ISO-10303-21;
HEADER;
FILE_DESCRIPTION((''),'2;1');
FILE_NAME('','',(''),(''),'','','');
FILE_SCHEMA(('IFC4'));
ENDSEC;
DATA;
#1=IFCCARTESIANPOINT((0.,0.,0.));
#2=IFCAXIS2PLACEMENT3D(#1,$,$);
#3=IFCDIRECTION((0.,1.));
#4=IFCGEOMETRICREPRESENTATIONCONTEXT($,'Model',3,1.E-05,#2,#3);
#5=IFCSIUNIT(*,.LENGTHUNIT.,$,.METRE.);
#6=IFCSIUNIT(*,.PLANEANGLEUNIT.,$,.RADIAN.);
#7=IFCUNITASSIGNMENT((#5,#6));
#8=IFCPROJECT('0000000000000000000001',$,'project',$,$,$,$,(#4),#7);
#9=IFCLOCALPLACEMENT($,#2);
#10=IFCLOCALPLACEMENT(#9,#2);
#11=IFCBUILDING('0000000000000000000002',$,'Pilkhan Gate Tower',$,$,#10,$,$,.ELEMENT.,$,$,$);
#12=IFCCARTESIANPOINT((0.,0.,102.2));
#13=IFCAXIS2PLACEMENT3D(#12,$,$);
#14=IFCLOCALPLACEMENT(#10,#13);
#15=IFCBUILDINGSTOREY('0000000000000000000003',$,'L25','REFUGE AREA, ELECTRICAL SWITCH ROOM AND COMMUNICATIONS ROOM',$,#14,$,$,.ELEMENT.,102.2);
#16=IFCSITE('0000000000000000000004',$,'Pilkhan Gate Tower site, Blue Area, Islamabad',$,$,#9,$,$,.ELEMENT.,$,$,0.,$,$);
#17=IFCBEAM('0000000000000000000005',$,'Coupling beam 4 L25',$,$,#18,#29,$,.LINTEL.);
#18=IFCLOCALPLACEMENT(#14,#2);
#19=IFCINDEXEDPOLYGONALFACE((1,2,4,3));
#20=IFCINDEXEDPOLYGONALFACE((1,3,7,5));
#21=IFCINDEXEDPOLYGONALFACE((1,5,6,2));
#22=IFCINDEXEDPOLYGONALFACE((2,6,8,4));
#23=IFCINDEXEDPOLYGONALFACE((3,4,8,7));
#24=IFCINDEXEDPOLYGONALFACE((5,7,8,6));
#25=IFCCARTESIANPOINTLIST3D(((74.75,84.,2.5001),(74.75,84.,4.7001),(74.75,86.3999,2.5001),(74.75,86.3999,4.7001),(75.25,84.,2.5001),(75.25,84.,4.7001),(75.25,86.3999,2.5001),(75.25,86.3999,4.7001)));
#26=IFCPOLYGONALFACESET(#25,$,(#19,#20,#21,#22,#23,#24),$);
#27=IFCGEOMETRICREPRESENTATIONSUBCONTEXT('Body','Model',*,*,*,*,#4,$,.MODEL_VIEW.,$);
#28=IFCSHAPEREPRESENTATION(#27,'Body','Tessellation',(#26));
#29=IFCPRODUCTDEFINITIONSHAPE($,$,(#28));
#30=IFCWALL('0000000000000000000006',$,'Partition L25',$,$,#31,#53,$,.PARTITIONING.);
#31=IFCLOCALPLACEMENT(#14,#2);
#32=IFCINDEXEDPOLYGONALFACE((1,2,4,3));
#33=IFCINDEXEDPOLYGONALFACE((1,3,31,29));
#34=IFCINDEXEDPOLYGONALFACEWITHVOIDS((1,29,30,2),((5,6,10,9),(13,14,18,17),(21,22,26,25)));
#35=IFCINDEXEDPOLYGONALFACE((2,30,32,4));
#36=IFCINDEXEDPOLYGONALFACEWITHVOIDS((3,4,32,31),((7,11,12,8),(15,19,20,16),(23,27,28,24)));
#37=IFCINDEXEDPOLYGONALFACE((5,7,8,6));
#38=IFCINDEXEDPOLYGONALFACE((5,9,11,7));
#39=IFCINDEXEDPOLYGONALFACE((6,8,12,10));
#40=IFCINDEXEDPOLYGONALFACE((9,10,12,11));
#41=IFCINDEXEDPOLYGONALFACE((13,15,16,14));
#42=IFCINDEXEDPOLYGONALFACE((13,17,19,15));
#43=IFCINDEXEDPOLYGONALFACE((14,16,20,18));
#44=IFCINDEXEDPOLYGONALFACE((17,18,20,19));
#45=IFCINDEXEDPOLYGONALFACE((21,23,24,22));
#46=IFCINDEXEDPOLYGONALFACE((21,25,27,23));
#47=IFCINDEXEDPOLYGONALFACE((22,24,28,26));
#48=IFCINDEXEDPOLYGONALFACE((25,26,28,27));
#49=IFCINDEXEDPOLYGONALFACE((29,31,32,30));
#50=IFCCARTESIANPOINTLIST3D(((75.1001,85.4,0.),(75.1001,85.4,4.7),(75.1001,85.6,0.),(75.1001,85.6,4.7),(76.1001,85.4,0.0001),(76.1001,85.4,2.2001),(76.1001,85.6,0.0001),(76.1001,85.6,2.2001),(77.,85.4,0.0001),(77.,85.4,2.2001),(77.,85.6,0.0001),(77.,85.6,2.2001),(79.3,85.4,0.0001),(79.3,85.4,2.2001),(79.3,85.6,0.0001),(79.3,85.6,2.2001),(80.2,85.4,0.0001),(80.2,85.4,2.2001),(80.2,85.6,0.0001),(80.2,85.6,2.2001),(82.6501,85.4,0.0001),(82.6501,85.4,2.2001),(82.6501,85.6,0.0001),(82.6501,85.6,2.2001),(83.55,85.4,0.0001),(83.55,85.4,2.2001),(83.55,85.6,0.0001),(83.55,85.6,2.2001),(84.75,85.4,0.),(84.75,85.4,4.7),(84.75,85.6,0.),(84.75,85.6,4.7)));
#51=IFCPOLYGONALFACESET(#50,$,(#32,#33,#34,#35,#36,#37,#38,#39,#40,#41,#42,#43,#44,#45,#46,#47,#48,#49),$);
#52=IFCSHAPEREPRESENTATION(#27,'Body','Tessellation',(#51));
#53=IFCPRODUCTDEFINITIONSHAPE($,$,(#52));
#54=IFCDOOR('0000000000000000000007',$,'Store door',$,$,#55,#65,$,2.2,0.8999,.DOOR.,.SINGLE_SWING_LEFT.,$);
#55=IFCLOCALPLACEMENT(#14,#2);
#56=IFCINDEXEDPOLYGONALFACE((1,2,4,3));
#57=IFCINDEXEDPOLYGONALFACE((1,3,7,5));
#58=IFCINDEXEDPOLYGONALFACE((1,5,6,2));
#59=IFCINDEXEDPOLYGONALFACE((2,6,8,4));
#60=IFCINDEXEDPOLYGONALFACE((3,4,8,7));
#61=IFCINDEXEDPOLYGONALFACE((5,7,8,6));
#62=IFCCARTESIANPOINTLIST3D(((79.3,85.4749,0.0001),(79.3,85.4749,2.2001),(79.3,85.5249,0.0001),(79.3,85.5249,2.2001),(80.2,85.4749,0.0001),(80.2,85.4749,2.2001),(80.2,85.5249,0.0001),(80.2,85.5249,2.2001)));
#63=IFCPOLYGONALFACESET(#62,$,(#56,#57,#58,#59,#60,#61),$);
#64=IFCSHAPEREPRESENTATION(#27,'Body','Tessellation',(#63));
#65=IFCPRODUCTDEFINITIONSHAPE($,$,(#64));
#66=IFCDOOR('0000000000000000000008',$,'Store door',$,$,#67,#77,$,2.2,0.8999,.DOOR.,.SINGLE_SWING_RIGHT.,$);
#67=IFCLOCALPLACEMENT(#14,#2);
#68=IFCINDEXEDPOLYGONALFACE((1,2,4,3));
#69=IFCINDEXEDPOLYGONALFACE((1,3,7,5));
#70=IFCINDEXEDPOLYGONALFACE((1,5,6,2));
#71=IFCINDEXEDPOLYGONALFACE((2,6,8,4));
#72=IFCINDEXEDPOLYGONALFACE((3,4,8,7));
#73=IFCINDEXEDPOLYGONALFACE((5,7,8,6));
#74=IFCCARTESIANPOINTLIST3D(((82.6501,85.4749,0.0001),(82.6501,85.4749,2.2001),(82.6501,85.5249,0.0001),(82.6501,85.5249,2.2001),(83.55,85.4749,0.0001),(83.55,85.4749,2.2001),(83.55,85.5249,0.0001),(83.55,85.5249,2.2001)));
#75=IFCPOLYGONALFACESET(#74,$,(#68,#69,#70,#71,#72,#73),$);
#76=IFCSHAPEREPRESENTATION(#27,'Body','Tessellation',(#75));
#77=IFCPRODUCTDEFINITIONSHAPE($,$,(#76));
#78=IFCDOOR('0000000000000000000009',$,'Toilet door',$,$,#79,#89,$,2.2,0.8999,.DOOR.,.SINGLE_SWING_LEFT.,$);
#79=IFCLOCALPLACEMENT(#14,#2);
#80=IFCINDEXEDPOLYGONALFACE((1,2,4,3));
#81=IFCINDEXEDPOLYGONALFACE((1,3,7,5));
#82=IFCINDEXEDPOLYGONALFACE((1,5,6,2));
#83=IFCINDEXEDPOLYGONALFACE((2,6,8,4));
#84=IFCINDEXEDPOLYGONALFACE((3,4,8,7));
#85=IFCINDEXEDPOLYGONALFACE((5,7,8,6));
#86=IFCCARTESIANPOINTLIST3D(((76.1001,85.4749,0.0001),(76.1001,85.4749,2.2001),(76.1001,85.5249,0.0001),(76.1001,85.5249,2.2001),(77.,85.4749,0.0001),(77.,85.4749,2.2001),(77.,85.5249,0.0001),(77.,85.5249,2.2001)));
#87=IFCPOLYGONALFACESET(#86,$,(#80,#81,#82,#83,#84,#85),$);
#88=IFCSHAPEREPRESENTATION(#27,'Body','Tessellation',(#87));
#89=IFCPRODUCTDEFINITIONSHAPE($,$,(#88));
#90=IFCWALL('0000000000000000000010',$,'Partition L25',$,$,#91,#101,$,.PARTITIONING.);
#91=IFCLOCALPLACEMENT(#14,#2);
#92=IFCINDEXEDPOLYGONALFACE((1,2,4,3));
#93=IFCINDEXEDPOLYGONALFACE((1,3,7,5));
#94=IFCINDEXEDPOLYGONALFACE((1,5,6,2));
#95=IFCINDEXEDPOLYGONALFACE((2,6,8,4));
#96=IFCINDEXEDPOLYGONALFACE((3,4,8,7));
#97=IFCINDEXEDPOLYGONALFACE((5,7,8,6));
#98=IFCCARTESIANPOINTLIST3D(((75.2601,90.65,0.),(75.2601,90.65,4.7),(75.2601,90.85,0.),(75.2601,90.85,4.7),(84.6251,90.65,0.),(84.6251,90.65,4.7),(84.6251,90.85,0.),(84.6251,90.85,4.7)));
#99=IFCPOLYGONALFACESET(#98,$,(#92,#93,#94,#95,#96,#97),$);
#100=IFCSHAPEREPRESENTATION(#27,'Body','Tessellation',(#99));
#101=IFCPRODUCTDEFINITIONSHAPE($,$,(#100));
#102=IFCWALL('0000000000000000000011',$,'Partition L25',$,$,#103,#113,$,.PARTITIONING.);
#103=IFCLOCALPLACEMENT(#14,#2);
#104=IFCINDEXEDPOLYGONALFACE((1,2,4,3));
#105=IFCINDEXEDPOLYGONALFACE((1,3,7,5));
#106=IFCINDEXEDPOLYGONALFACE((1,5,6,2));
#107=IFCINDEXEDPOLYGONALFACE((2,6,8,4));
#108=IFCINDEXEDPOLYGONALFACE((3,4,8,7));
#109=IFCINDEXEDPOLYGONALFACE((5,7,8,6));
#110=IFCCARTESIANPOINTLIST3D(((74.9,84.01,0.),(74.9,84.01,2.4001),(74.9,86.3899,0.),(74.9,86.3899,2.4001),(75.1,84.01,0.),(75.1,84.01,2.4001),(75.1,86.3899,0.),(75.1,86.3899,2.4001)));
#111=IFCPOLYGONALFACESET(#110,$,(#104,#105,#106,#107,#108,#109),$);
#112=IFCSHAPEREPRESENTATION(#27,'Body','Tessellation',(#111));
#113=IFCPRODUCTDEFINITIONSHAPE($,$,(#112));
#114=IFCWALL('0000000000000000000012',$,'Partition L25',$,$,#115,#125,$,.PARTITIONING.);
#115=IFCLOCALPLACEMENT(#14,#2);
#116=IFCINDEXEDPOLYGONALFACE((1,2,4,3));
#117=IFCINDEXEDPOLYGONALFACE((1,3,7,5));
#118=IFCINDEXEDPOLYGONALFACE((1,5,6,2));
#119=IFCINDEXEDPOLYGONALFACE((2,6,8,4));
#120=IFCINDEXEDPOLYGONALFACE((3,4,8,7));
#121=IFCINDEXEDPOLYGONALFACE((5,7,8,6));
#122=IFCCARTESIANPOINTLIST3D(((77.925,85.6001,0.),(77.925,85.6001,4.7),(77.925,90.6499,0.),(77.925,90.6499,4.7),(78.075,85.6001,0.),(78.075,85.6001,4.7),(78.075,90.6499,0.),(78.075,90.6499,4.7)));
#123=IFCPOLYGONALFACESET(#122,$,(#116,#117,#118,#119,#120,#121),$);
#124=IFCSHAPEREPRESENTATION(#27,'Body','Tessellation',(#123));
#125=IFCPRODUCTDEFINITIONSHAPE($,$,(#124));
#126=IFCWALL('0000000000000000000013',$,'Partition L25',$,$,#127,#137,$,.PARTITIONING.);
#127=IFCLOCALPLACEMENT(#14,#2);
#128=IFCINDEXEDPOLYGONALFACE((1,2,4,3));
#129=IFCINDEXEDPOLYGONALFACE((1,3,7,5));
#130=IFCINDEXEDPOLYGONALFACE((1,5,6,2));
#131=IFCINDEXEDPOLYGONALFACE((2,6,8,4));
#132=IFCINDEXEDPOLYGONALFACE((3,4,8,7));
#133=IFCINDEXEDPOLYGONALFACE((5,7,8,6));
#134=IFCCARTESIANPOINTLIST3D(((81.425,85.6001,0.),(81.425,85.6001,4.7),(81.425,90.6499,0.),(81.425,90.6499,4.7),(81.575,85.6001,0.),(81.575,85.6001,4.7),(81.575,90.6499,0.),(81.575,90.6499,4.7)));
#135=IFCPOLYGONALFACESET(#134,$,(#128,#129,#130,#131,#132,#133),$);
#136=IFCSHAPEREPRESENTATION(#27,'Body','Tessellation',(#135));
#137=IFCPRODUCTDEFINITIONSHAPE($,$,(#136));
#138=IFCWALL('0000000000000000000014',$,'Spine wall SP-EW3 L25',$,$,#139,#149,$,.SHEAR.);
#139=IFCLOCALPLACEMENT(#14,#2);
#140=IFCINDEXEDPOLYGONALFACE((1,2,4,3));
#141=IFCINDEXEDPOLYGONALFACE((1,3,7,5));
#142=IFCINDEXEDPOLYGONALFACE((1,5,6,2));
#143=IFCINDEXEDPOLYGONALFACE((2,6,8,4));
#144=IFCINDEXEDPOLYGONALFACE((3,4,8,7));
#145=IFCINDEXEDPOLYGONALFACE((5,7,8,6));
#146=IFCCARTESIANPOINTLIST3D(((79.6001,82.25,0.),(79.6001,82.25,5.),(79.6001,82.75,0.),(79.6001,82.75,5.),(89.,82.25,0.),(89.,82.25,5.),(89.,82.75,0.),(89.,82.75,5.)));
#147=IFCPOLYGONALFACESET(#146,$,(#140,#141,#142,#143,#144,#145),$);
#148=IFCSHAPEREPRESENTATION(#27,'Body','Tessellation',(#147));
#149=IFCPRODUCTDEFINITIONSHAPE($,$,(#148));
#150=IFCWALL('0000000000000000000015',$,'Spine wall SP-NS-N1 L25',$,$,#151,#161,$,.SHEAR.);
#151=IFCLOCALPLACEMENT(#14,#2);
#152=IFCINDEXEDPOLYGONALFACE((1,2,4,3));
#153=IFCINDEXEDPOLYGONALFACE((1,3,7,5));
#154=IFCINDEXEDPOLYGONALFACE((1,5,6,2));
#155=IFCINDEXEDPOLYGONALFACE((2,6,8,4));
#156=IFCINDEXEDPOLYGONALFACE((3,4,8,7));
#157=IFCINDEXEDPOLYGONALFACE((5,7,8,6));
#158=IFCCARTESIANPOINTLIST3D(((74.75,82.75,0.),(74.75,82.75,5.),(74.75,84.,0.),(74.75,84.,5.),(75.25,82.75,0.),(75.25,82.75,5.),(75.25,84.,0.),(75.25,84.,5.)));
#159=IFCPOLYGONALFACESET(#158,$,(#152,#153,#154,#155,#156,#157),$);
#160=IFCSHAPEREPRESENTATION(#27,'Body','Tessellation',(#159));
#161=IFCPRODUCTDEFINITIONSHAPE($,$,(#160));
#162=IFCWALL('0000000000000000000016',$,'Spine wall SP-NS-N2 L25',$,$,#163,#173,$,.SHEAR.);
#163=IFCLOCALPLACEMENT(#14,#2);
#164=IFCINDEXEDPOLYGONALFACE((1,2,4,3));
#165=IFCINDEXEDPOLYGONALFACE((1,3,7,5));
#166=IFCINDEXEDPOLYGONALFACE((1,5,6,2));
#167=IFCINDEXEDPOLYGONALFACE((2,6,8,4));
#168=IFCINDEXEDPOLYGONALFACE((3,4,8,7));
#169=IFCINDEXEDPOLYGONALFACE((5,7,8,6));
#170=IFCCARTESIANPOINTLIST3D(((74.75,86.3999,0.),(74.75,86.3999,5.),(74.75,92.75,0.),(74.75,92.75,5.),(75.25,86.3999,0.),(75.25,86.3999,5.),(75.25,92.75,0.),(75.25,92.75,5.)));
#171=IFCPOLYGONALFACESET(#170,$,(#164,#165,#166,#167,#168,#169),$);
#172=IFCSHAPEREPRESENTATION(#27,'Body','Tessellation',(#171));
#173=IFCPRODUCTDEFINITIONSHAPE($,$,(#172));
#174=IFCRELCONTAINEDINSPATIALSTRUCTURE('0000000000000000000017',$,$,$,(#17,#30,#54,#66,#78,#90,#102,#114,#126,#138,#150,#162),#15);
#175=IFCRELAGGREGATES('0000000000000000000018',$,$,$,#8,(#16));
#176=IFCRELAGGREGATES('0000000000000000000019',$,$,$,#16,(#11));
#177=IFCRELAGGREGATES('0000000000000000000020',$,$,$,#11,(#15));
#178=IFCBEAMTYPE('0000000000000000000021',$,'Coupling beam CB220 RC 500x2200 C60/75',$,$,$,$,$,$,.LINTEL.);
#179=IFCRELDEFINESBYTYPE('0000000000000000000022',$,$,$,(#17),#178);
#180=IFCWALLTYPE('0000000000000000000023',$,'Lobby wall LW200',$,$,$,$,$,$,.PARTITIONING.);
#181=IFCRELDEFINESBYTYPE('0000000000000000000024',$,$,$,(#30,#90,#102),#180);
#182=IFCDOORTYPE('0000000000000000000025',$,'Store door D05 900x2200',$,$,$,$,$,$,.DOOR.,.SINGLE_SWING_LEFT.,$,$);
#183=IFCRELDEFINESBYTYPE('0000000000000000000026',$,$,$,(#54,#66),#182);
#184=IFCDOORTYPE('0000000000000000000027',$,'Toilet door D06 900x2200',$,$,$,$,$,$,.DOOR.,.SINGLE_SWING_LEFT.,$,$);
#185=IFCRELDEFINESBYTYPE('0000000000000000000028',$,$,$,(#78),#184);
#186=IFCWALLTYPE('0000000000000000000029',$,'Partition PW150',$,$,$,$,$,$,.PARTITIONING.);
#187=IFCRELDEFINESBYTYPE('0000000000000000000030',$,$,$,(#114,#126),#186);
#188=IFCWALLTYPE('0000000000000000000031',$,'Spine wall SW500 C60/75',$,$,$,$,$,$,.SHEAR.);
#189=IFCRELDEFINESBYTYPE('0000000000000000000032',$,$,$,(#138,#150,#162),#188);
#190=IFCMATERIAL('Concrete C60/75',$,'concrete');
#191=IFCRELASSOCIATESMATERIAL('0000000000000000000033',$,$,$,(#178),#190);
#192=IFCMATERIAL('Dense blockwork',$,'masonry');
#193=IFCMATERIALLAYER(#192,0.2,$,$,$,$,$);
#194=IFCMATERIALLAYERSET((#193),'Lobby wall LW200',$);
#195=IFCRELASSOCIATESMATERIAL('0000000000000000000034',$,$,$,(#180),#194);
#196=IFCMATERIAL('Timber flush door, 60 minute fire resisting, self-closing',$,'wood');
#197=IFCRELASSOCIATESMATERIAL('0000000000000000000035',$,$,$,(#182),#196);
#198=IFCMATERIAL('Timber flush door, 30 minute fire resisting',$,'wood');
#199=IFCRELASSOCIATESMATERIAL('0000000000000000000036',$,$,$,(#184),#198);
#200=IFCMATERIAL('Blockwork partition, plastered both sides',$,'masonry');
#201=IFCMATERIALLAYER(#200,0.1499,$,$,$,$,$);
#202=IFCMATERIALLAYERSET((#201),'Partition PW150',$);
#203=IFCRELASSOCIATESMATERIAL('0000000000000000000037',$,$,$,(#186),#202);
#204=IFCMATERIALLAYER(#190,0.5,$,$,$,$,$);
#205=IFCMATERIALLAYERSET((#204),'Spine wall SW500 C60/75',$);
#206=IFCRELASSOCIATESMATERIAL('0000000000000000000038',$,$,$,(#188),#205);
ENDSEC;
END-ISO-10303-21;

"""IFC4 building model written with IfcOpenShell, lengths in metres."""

from ifc_helpers import new_model, si_unit, direction, frame, frame_2d, origin, origin_2d, place, context, subcontext, project, spatial, rectangle, extrude, material, layer, layer_set, material_profile, profile_set, type_object, element, fill, save


model = new_model("IFC4")

# Units and contexts
model_context = context("Model", 3, precision=1e-05, world=origin(), true_north=direction((0.0, 1.0)))
body_context = subcontext(model_context, "Body", "Model", "MODEL_VIEW")
ifc_project = project(units=[si_unit("LENGTHUNIT", "METRE"), si_unit("PLANEANGLEUNIT", "RADIAN")], contexts=[model_context])

# Site, building, storey
site_placement = place(None, origin())
site = spatial("IfcSite", under=ifc_project, at=site_placement, Name="Pilkhan Gate Tower site, Blue Area, Islamabad", CompositionType="ELEMENT", RefElevation=0.0)
building_placement = place(site_placement, origin())
building = spatial("IfcBuilding", under=site, at=building_placement, Name="Pilkhan Gate Tower", CompositionType="ELEMENT")
storey_placement = place(building_placement, frame((0.0, 0.0, 102.2)))
storey = spatial("IfcBuildingStorey", under=building, at=storey_placement, Name="L25", Description="REFUGE AREA, ELECTRICAL SWITCH ROOM AND COMMUNICATIONS ROOM", CompositionType="ELEMENT", Elevation=102.2)

# Beam
ifc_material_1 = material(Name="Concrete C60/75", Category="concrete")
ifc_material_profile = material_profile(ifc_material_1, rectangle(XDim=0.5, YDim=2.2, at=origin_2d()), Name="RC 500x2200")
ifc_profile_set = profile_set([ifc_material_profile], Name="Concrete C60/75")
beam_type = type_object("IfcBeamType", Name="Coupling beam CB220 RC 500x2200 C60/75", PredefinedType="LINTEL", material=ifc_profile_set)
beam_placement = place(storey_placement, frame((75.0, 84.0, 3.6001), z_axis=(0.0, 1.0, 0.0), x_axis=(-1.0, 0.0, 0.0)))
element("IfcBeam", 1, at=beam_placement, inside=storey, type_object=beam_type, Name="Coupling beam 4 L25", PredefinedType="LINTEL", context=body_context, shape_type="SweptSolid", body=[
    extrude(rectangle(XDim=0.5, YDim=2.2, at=origin_2d()), origin(), (0.0, 0.0, 1.0), 2.3999),
])

# Wall, openings, doors
ifc_material_2 = material(Name="Dense blockwork", Category="masonry")
ifc_layer_1 = layer(ifc_material_2, 0.2)
ifc_layer_set_1 = layer_set([ifc_layer_1], Name="Lobby wall LW200")
wall_type_1 = type_object("IfcWallType", Name="Lobby wall LW200", PredefinedType="PARTITIONING", material=ifc_layer_set_1)
wall_1_placement = place(storey_placement, frame((75.1001, 85.5, 0.0), z_axis=(0.0, 0.0, 1.0), x_axis=(1.0, 0.0, 0.0)))
wall_1 = element("IfcWall", 2, at=wall_1_placement, inside=storey, type_object=wall_type_1, Name="Partition L25", PredefinedType="PARTITIONING", context=body_context, shape_type="SweptSolid", body=[
    extrude(rectangle(XDim=9.6499, YDim=0.2, at=frame_2d((4.825, 0.0))), origin(), (0.0, 0.0, 1.0), 4.7),
])
opening_1_placement = place(wall_1_placement, frame((1.0, 0.0, 0.0)))
opening_1 = element("IfcOpeningElement", 3, at=opening_1_placement, cuts=wall_1, PredefinedType="OPENING", context=body_context, shape_type="SweptSolid", body=[
    extrude(rectangle(XDim=0.8999, YDim=2.2, at=frame_2d((0.45, 1.1001))), frame((0.0, 0.1099, 0.0), z_axis=(0.0, -1.0, 0.0), x_axis=(1.0, 0.0, 0.0)), (0.0, 0.0, 1.0), 0.22),
])
opening_2_placement = place(wall_1_placement, frame((4.2, 0.0, 0.0)))
opening_2 = element("IfcOpeningElement", 4, at=opening_2_placement, cuts=wall_1, PredefinedType="OPENING", context=body_context, shape_type="SweptSolid", body=[
    extrude(rectangle(XDim=0.8999, YDim=2.2, at=frame_2d((0.45, 1.1001))), frame((0.0, 0.1099, 0.0), z_axis=(0.0, -1.0, 0.0), x_axis=(1.0, 0.0, 0.0)), (0.0, 0.0, 1.0), 0.22),
])
opening_3_placement = place(wall_1_placement, frame((7.55, 0.0, 0.0)))
opening_3 = element("IfcOpeningElement", 5, at=opening_3_placement, cuts=wall_1, PredefinedType="OPENING", context=body_context, shape_type="SweptSolid", body=[
    extrude(rectangle(XDim=0.8999, YDim=2.2, at=frame_2d((0.45, 1.1001))), frame((0.0, 0.1099, 0.0), z_axis=(0.0, -1.0, 0.0), x_axis=(1.0, 0.0, 0.0)), (0.0, 0.0, 1.0), 0.22),
])
ifc_material_3 = material(Name="Timber flush door, 60 minute fire resisting, self-closing", Category="wood")
door_type_1 = type_object("IfcDoorType", Name="Store door D05 900x2200", OperationType="SINGLE_SWING_LEFT", PredefinedType="DOOR", material=ifc_material_3)
door_1_placement = place(opening_2_placement, origin())
door_1 = element("IfcDoor", 6, at=door_1_placement, inside=storey, type_object=door_type_1, Name="Store door", OperationType="SINGLE_SWING_LEFT", OverallHeight=2.2, OverallWidth=0.8999, PredefinedType="DOOR", context=body_context, shape_type="SweptSolid", body=[
    extrude(rectangle(XDim=0.8999, YDim=2.2, at=frame_2d((0.45, 1.1001))), frame((0.0, 0.0249, 0.0), z_axis=(0.0, -1.0, 0.0), x_axis=(1.0, 0.0, 0.0)), (0.0, 0.0, 1.0), 0.05),
])
fill(opening_2, door_1)
door_2_placement = place(opening_3_placement, origin())
door_2 = element("IfcDoor", 7, at=door_2_placement, inside=storey, type_object=door_type_1, Name="Store door", OperationType="SINGLE_SWING_RIGHT", OverallHeight=2.2, OverallWidth=0.8999, PredefinedType="DOOR", context=body_context, shape_type="SweptSolid", body=[
    extrude(rectangle(XDim=0.8999, YDim=2.2, at=frame_2d((0.45, 1.1001))), frame((0.0, 0.0249, 0.0), z_axis=(0.0, -1.0, 0.0), x_axis=(1.0, 0.0, 0.0)), (0.0, 0.0, 1.0), 0.05),
])
fill(opening_3, door_2)
ifc_material_4 = material(Name="Timber flush door, 30 minute fire resisting", Category="wood")
door_type_2 = type_object("IfcDoorType", Name="Toilet door D06 900x2200", OperationType="SINGLE_SWING_LEFT", PredefinedType="DOOR", material=ifc_material_4)
door_3_placement = place(opening_1_placement, origin())
door_3 = element("IfcDoor", 8, at=door_3_placement, inside=storey, type_object=door_type_2, Name="Toilet door", OperationType="SINGLE_SWING_LEFT", OverallHeight=2.2, OverallWidth=0.8999, PredefinedType="DOOR", context=body_context, shape_type="SweptSolid", body=[
    extrude(rectangle(XDim=0.8999, YDim=2.2, at=frame_2d((0.45, 1.1001))), frame((0.0, 0.0249, 0.0), z_axis=(0.0, -1.0, 0.0), x_axis=(1.0, 0.0, 0.0)), (0.0, 0.0, 1.0), 0.05),
])
fill(opening_1, door_3)

# Walls
wall_2_placement = place(storey_placement, frame((75.26, 90.75, 0.0), z_axis=(0.0, 0.0, 1.0), x_axis=(1.0, 0.0, 0.0)))
element("IfcWall", 9, at=wall_2_placement, inside=storey, type_object=wall_type_1, Name="Partition L25", PredefinedType="PARTITIONING", context=body_context, shape_type="SweptSolid", body=[
    extrude(rectangle(XDim=9.365, YDim=0.2, at=frame_2d((4.6826, 0.0))), origin(), (0.0, 0.0, 1.0), 4.7),
])
wall_3_placement = place(storey_placement, frame((75.0, 84.01, 0.0), z_axis=(0.0, 0.0, 1.0), x_axis=(0.0, 1.0, 0.0)))
element("IfcWall", 10, at=wall_3_placement, inside=storey, type_object=wall_type_1, Name="Partition L25", PredefinedType="PARTITIONING", context=body_context, shape_type="SweptSolid", body=[
    extrude(rectangle(XDim=2.3799, YDim=0.2, at=frame_2d((1.1899, 0.0))), origin(), (0.0, 0.0, 1.0), 2.4001),
])
ifc_material_5 = material(Name="Blockwork partition, plastered both sides", Category="masonry")
ifc_layer_2 = layer(ifc_material_5, 0.1499)
ifc_layer_set_2 = layer_set([ifc_layer_2], Name="Partition PW150")
wall_type_2 = type_object("IfcWallType", Name="Partition PW150", PredefinedType="PARTITIONING", material=ifc_layer_set_2)
for number, where, z_axis, x_axis, name in (
    (11, (78.0, 85.6001, 0.0), (0.0, 0.0, 1.0), (0.0, 1.0, 0.0), "Partition L25"),
    (12, (81.5, 85.6001, 0.0), (0.0, 0.0, 1.0), (0.0, 1.0, 0.0), "Partition L25"),
):
    element("IfcWall", number, at=place(storey_placement, frame(where, z_axis=z_axis, x_axis=x_axis)), inside=storey, type_object=wall_type_2, Name=name, PredefinedType="PARTITIONING", context=body_context, shape_type="SweptSolid", body=[
        extrude(rectangle(XDim=5.0498, YDim=0.1499, at=frame_2d((2.5249, 0.0))), origin(), (0.0, 0.0, 1.0), 4.7),
    ])
ifc_layer_3 = layer(ifc_material_1, 0.5)
ifc_layer_set_3 = layer_set([ifc_layer_3], Name="Spine wall SW500 C60/75")
wall_type_3 = type_object("IfcWallType", Name="Spine wall SW500 C60/75", PredefinedType="SHEAR", material=ifc_layer_set_3)
wall_4_placement = place(storey_placement, frame((79.6001, 82.5, 0.0), z_axis=(0.0, 0.0, 1.0), x_axis=(1.0, 0.0, 0.0)))
element("IfcWall", 13, at=wall_4_placement, inside=storey, type_object=wall_type_3, Name="Spine wall SP-EW3 L25", PredefinedType="SHEAR", context=body_context, shape_type="SweptSolid", body=[
    extrude(rectangle(XDim=9.3999, YDim=0.5, at=frame_2d((4.7, 0.0))), origin(), (0.0, 0.0, 1.0), 5.0),
])
wall_5_placement = place(storey_placement, frame((75.0, 82.75, 0.0), z_axis=(0.0, 0.0, 1.0), x_axis=(0.0, 1.0, 0.0)))
element("IfcWall", 14, at=wall_5_placement, inside=storey, type_object=wall_type_3, Name="Spine wall SP-NS-N1 L25", PredefinedType="SHEAR", context=body_context, shape_type="SweptSolid", body=[
    extrude(rectangle(XDim=1.25, YDim=0.5, at=frame_2d((0.625, 0.0))), origin(), (0.0, 0.0, 1.0), 5.0),
])
wall_6_placement = place(storey_placement, frame((75.0, 86.3999, 0.0), z_axis=(0.0, 0.0, 1.0), x_axis=(0.0, 1.0, 0.0)))
element("IfcWall", 15, at=wall_6_placement, inside=storey, type_object=wall_type_3, Name="Spine wall SP-NS-N2 L25", PredefinedType="SHEAR", context=body_context, shape_type="SweptSolid", body=[
    extrude(rectangle(XDim=6.3501, YDim=0.5, at=frame_2d((3.175, 0.0))), origin(), (0.0, 0.0, 1.0), 5.0),
])

save(model, "model.ifc")
